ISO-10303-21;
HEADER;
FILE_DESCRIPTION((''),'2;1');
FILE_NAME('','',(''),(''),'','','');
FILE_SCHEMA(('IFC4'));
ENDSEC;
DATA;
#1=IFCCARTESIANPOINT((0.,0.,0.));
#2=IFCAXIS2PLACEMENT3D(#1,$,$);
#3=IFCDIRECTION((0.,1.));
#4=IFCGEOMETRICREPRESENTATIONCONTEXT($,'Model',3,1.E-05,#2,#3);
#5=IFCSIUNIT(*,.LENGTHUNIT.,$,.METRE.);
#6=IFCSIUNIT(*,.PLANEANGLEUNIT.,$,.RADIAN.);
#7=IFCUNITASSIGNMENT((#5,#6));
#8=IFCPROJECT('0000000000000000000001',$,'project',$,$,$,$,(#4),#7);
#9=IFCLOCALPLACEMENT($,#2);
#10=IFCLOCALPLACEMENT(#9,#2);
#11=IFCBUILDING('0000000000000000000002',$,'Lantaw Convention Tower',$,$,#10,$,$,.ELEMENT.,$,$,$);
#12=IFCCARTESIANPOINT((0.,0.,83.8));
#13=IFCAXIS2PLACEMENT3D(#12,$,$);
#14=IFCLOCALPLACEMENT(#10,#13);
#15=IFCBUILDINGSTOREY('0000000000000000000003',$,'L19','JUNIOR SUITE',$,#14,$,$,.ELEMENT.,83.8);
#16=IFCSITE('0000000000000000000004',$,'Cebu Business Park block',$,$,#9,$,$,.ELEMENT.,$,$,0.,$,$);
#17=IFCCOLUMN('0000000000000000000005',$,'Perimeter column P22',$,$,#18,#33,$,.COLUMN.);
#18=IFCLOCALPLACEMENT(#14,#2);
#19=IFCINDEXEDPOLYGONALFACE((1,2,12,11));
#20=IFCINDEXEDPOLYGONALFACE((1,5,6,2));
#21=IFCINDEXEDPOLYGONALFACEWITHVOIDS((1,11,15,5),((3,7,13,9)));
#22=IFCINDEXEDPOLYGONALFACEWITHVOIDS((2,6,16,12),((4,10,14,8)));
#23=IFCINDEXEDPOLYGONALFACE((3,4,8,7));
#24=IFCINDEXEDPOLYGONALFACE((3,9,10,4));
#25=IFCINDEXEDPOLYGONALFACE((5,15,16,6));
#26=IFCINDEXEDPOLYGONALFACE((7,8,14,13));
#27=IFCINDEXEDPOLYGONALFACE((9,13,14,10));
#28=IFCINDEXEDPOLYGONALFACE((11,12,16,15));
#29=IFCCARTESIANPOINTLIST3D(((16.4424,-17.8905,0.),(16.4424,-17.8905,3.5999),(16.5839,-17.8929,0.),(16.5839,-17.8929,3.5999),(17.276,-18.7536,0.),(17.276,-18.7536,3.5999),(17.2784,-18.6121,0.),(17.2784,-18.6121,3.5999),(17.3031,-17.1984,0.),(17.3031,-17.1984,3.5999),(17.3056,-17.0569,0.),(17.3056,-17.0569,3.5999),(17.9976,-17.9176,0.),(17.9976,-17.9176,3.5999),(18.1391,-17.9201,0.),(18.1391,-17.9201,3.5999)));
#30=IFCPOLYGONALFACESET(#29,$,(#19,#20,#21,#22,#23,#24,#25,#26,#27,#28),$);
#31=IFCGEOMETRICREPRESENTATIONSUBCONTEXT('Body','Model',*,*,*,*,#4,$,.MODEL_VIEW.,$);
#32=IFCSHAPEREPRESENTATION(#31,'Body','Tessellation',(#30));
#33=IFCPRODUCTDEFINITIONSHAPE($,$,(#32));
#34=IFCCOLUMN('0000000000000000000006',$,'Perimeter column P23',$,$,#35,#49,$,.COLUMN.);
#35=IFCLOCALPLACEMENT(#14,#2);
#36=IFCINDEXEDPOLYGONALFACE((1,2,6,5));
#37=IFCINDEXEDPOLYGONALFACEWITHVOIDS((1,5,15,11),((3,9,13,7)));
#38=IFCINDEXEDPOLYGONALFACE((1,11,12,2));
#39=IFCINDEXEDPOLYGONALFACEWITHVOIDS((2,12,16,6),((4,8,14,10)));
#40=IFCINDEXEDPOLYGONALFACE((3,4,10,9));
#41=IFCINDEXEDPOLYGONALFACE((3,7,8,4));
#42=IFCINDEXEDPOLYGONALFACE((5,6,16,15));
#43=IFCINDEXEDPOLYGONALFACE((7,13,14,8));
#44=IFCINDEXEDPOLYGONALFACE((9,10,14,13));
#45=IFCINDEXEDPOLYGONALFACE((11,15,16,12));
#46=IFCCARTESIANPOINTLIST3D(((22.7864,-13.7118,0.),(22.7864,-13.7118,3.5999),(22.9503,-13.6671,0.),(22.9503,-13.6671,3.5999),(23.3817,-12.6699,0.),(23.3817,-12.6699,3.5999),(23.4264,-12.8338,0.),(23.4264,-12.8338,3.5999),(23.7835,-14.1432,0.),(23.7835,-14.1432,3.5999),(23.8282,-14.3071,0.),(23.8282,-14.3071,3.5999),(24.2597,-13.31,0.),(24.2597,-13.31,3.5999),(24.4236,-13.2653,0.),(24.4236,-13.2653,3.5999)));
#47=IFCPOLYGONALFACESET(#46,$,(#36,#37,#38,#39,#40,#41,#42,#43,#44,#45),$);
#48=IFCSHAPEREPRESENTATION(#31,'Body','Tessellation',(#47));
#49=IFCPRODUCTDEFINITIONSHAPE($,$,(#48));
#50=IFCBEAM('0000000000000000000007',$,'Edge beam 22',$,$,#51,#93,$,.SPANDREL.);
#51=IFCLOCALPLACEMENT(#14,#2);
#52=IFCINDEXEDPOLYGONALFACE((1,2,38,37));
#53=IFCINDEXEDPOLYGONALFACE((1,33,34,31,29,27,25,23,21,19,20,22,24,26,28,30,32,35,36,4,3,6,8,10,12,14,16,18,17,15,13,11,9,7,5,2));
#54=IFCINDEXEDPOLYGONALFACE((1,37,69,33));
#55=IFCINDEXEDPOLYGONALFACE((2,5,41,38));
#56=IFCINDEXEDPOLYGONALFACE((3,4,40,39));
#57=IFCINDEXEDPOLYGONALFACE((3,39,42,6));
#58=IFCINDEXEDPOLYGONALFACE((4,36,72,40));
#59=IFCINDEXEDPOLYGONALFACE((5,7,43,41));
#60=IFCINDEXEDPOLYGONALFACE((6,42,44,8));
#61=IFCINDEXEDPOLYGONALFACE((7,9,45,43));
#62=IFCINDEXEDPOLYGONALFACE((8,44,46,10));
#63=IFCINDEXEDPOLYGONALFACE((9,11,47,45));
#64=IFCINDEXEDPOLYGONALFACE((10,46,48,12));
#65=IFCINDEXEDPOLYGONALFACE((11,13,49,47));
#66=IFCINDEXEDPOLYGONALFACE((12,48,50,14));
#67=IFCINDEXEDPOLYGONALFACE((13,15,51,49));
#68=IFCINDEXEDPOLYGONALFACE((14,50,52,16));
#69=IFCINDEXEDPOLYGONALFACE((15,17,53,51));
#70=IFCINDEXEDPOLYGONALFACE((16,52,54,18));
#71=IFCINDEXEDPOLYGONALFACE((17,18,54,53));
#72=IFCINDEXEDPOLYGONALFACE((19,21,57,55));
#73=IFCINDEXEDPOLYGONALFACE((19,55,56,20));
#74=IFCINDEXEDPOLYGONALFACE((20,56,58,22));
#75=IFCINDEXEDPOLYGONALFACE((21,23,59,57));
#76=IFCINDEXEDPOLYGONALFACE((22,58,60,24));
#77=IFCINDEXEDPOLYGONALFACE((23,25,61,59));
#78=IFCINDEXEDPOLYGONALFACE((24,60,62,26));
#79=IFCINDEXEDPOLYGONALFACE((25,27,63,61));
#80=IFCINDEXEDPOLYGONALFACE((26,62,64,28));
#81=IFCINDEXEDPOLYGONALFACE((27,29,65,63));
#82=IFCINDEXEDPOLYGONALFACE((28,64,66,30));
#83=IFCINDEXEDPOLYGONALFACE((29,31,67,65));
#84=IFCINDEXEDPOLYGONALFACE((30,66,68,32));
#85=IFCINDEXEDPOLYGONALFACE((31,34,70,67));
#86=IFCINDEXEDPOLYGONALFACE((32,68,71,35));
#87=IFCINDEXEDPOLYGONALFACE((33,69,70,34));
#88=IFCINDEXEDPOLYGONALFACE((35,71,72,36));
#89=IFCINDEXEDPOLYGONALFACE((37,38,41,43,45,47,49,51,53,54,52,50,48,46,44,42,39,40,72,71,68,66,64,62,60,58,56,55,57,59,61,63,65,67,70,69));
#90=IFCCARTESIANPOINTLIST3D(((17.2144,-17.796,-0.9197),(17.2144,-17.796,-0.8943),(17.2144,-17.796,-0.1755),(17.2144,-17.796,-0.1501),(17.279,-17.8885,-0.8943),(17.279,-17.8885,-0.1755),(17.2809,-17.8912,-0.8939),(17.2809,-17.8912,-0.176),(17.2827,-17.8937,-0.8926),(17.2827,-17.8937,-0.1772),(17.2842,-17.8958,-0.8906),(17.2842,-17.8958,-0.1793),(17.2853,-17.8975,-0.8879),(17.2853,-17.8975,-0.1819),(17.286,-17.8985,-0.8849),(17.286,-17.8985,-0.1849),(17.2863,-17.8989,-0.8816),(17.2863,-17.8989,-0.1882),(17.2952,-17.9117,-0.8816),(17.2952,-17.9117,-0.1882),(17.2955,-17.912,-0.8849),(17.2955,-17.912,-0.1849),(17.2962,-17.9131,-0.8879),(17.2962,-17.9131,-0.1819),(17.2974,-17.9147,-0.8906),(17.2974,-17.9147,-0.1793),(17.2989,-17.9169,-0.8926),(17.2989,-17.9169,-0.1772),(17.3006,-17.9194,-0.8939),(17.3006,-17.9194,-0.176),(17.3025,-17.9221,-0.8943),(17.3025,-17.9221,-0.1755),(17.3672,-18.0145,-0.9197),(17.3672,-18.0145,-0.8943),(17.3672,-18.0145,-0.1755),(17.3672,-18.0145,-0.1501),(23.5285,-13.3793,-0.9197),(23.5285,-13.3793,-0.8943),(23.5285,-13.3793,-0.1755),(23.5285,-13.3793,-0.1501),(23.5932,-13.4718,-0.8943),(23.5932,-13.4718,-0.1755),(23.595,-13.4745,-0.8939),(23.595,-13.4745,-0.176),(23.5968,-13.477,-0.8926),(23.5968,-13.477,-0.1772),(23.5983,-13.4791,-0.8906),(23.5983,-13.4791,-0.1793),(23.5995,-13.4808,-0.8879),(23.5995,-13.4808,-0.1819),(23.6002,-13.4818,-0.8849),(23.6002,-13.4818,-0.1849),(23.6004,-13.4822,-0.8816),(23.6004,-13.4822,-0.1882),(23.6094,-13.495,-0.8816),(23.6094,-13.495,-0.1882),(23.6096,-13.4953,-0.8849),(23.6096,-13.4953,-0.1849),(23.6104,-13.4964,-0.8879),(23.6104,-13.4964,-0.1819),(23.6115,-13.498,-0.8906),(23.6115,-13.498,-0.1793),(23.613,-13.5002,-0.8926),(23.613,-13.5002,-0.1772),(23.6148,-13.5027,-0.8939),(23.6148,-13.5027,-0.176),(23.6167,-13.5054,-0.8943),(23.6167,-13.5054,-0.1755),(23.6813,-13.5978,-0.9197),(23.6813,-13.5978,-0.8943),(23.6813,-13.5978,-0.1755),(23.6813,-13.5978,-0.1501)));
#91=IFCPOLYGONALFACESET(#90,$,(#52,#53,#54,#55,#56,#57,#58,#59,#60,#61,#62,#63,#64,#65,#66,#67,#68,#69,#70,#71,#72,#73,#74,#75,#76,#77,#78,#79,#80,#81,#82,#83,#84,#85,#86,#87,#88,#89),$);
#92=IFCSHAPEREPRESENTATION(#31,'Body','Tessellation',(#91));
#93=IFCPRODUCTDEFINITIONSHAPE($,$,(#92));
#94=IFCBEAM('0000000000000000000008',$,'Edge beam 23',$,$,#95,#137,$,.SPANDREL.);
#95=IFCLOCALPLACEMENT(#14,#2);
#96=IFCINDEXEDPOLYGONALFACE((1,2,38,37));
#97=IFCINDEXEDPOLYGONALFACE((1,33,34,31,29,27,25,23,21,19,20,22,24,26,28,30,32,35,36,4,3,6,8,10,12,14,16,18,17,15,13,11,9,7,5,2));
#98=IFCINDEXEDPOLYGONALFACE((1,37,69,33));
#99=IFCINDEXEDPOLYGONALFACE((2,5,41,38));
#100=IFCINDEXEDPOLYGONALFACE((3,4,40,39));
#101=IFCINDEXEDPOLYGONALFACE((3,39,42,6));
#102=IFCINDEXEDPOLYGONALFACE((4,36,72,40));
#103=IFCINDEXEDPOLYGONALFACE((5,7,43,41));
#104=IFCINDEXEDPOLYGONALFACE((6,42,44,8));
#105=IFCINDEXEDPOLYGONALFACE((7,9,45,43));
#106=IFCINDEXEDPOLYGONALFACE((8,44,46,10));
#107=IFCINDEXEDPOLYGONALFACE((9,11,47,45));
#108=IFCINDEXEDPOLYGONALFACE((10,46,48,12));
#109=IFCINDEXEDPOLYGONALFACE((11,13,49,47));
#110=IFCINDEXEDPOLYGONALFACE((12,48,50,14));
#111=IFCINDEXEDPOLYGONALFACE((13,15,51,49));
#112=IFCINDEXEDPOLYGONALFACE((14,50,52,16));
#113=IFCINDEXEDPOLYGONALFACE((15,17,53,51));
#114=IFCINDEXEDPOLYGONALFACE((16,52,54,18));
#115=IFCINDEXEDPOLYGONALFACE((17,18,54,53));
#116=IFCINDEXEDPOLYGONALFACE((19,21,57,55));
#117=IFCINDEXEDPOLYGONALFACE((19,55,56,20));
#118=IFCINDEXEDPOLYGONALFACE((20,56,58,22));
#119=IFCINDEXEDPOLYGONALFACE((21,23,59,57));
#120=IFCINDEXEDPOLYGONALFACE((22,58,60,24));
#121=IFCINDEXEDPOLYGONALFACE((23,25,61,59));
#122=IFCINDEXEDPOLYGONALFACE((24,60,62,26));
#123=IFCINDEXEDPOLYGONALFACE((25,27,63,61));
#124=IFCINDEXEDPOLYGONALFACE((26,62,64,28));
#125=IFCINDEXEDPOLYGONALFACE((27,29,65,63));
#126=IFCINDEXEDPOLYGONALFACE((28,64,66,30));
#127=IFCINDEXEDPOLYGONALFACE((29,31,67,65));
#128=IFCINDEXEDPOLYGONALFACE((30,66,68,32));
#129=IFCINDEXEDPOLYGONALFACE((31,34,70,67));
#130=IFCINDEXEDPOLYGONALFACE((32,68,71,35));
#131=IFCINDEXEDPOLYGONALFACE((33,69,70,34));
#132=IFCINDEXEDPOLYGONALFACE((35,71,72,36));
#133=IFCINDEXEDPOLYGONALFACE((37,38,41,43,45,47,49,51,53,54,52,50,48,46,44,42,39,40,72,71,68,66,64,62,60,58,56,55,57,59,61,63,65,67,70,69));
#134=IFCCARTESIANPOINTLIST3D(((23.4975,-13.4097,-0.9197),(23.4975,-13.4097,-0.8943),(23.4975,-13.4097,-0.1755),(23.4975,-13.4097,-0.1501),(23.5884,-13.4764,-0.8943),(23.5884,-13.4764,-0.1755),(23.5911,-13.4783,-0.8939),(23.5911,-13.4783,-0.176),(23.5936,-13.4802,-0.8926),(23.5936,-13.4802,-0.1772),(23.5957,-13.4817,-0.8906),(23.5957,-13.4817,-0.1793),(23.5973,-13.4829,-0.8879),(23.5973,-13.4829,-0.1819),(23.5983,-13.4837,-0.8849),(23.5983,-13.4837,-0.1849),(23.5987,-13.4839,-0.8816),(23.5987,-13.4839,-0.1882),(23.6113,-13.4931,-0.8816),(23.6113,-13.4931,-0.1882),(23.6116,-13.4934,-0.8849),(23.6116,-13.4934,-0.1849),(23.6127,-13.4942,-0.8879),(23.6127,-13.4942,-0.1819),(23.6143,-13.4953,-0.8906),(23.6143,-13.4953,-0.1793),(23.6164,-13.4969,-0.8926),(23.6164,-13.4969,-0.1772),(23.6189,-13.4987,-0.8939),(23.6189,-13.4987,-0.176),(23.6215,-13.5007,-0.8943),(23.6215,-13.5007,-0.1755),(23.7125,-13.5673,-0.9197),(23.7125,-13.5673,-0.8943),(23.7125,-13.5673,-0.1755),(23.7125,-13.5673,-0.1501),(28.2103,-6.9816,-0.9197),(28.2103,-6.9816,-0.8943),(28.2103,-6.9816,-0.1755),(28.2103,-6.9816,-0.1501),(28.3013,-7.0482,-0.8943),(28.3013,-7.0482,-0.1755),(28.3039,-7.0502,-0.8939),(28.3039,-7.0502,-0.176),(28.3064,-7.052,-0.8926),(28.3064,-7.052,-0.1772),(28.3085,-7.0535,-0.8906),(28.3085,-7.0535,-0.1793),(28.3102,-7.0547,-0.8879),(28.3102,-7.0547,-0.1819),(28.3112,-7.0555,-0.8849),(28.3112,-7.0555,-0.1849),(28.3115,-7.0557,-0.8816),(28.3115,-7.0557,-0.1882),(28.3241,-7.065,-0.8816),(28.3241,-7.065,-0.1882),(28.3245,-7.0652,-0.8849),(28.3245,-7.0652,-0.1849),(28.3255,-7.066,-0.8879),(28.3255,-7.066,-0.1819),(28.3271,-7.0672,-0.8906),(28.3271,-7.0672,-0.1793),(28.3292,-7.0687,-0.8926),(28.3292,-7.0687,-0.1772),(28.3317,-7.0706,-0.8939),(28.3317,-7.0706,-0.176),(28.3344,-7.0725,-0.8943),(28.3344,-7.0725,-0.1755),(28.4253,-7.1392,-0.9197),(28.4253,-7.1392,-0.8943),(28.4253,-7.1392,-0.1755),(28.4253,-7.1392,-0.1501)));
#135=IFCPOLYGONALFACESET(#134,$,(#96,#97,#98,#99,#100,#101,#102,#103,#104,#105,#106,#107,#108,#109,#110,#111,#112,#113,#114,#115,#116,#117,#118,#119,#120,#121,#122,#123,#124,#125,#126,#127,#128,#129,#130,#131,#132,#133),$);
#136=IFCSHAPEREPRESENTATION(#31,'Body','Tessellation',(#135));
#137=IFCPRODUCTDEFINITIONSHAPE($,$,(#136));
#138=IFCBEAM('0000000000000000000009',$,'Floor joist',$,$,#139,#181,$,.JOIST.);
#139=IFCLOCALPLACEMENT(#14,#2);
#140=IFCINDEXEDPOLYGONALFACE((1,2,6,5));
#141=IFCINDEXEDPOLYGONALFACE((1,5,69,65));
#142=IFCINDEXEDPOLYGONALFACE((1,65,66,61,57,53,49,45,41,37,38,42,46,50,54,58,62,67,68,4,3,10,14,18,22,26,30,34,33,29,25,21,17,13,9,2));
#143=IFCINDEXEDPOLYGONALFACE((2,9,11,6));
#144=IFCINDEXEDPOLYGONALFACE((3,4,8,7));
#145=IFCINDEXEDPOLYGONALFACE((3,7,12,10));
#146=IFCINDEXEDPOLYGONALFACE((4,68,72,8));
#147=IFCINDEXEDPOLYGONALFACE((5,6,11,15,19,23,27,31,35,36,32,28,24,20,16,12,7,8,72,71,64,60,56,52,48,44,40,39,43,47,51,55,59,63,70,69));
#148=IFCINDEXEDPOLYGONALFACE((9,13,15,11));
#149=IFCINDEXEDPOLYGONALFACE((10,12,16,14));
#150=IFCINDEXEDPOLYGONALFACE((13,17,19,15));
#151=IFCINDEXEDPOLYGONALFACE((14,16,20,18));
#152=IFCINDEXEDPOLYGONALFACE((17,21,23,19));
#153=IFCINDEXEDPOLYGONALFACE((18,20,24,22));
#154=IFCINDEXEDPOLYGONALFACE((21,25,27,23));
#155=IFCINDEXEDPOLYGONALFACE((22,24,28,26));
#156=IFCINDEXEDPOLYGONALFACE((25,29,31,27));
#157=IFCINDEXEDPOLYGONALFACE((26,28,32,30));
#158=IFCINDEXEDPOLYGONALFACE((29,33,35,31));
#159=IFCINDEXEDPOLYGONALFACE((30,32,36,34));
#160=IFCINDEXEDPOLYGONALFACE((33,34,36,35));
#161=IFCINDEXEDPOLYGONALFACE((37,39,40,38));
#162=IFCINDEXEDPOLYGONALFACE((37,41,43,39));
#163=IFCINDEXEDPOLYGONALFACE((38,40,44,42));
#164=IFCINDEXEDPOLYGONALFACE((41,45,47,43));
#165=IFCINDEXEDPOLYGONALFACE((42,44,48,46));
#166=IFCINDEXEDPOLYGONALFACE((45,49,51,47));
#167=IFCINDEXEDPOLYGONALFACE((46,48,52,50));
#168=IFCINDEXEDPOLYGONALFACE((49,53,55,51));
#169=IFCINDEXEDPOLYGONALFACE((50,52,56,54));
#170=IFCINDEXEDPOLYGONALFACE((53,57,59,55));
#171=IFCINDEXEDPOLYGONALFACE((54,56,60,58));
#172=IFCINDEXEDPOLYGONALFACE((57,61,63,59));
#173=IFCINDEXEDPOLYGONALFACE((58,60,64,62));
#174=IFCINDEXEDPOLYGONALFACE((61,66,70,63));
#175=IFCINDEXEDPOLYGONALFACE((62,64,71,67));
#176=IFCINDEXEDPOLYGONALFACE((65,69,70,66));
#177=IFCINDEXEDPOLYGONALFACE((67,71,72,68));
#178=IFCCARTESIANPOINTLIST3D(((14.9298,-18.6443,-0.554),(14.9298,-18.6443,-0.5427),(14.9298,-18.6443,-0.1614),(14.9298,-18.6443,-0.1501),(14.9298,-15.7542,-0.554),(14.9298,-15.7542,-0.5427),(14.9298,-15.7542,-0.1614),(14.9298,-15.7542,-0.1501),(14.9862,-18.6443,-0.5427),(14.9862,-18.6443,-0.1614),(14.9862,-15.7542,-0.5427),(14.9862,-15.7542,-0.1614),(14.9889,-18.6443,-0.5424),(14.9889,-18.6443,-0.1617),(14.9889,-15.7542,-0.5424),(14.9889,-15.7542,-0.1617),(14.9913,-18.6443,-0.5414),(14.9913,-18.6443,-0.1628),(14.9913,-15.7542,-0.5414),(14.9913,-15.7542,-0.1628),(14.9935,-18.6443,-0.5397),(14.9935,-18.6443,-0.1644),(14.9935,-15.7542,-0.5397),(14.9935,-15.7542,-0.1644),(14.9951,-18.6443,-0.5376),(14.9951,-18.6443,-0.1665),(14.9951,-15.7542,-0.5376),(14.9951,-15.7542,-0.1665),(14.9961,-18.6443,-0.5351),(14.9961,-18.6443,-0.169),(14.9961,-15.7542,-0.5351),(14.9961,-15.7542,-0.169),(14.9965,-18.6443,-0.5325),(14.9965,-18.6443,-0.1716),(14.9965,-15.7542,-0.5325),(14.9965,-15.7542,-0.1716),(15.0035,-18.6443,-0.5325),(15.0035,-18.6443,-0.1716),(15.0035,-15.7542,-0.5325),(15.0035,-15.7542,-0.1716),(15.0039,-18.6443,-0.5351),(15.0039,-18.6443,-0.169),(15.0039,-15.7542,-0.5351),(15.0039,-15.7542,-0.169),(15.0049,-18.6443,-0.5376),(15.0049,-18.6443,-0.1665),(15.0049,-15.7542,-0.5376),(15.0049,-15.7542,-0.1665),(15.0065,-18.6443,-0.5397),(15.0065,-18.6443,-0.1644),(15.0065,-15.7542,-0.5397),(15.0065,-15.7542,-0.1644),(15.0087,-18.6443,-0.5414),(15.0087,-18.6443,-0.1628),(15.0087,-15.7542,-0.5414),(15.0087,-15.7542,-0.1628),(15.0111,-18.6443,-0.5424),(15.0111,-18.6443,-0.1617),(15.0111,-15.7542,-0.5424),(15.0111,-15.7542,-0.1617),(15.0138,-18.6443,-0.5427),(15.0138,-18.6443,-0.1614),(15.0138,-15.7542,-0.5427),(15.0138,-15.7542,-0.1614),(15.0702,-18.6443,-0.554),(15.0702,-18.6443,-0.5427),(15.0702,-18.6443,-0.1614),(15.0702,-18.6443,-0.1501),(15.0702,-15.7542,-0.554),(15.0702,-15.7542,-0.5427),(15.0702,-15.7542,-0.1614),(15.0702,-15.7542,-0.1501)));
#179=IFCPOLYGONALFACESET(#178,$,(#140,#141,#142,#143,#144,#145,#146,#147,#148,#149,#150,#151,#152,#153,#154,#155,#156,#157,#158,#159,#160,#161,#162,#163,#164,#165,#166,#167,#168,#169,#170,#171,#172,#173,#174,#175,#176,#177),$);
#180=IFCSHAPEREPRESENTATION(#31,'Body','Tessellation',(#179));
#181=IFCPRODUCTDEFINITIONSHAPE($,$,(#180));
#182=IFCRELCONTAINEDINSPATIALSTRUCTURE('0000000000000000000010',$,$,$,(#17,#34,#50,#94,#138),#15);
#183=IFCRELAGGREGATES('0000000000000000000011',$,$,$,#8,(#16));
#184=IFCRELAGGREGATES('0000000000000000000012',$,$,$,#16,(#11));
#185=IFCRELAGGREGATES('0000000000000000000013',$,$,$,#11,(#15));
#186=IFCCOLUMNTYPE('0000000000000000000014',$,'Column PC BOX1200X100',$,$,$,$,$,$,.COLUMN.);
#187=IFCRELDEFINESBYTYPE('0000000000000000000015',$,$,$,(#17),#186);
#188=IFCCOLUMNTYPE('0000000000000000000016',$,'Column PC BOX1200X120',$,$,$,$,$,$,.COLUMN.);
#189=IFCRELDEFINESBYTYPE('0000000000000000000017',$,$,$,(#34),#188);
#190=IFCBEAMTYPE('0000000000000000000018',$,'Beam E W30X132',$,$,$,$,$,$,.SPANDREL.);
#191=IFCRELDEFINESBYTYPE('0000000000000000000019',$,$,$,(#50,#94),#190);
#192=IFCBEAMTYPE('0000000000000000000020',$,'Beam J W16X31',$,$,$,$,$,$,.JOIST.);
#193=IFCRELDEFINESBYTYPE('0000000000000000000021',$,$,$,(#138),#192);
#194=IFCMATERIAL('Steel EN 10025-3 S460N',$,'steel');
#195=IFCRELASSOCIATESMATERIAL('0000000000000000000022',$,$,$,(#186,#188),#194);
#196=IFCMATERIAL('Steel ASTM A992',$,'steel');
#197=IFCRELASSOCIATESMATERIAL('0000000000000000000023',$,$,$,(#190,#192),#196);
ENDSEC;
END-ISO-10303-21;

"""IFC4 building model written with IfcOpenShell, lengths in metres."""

from ifc_helpers import new_model, si_unit, direction, frame, origin, origin_2d, place, context, subcontext, project, spatial, rectangle, hollow_rectangle, i_section, extrude, material, material_profile, profile_set, type_object, element, save


model = new_model("IFC4")

# Units and contexts
model_context = context("Model", 3, precision=1e-05, world=origin(), true_north=direction((0.0, 1.0)))
body_context = subcontext(model_context, "Body", "Model", "MODEL_VIEW")
ifc_project = project(units=[si_unit("LENGTHUNIT", "METRE"), si_unit("PLANEANGLEUNIT", "RADIAN")], contexts=[model_context])

# Site, building, storey
site_placement = place(None, origin())
site = spatial("IfcSite", under=ifc_project, at=site_placement, Name="Cebu Business Park block", CompositionType="ELEMENT", RefElevation=0.0)
building_placement = place(site_placement, origin())
building = spatial("IfcBuilding", under=site, at=building_placement, Name="Lantaw Convention Tower", CompositionType="ELEMENT")
storey_placement = place(building_placement, frame((0.0, 0.0, 83.8)))
storey = spatial("IfcBuildingStorey", under=building, at=storey_placement, Name="L19", Description="JUNIOR SUITE", CompositionType="ELEMENT", Elevation=83.8)

# Columns
ifc_material_1 = material(Name="Steel EN 10025-3 S460N", Category="steel")
ifc_material_profile_1 = material_profile(ifc_material_1, hollow_rectangle(XDim=1.2, YDim=1.2, WallThickness=0.1001, at=origin_2d()), Name="BOX1200X100")
ifc_material_2 = material(Name="Concrete C60/75", Category="concrete")
ifc_material_profile_2 = material_profile(ifc_material_2, rectangle(XDim=1.0, YDim=1.0, at=origin_2d()), Name="Concrete fill of BOX1200X100")
ifc_profile_set_1 = profile_set([ifc_material_profile_1, ifc_material_profile_2], Name="Steel EN 10025-3 S460N")
column_type_1 = type_object("IfcColumnType", Name="Column PC BOX1200X100", PredefinedType="COLUMN", material=ifc_profile_set_1)
column_1_placement = place(storey_placement, frame((17.2908, -17.9053, 0.0), z_axis=(0.0, 0.0, 1.0), x_axis=(0.71934, 0.694658, 0.0)))
element("IfcColumn", 1, at=column_1_placement, inside=storey, type_object=column_type_1, Name="Perimeter column P22", PredefinedType="COLUMN", context=body_context, shape_type="SweptSolid", body=[
    extrude(hollow_rectangle(XDim=1.2, YDim=1.2, WallThickness=0.1001, at=origin_2d()), origin(), (0.0, 0.0, 1.0), 3.5999),
])
ifc_material_profile_3 = material_profile(ifc_material_1, hollow_rectangle(XDim=1.2, YDim=1.2, WallThickness=0.1201, at=origin_2d()), Name="BOX1200X120")
ifc_material_profile_4 = material_profile(ifc_material_2, rectangle(XDim=0.96, YDim=0.96, at=origin_2d()), Name="Concrete fill of BOX1200X120")
ifc_profile_set_2 = profile_set([ifc_material_profile_3, ifc_material_profile_4], Name="Steel EN 10025-3 S460N")
column_type_2 = type_object("IfcColumnType", Name="Column PC BOX1200X120", PredefinedType="COLUMN", material=ifc_profile_set_2)
column_2_placement = place(storey_placement, frame((23.605, -13.4885, 0.0), z_axis=(0.0, 0.0, 1.0), x_axis=(0.496139, 0.868243, 0.0)))
element("IfcColumn", 2, at=column_2_placement, inside=storey, type_object=column_type_2, Name="Perimeter column P23", PredefinedType="COLUMN", context=body_context, shape_type="SweptSolid", body=[
    extrude(hollow_rectangle(XDim=1.2, YDim=1.2, WallThickness=0.1201, at=origin_2d()), origin(), (0.0, 0.0, 1.0), 3.5999),
])

# Beams
ifc_material_3 = material(Name="Steel ASTM A992", Category="steel")
ifc_material_profile_5 = material_profile(ifc_material_3, i_section(OverallWidth=0.2666, OverallDepth=0.7695, WebThickness=0.0156, FlangeThickness=0.0254, FilletRadius=0.0127, at=origin_2d()), Name="W30X132")
ifc_profile_set_3 = profile_set([ifc_material_profile_5], Name="Steel ASTM A992")
beam_type_1 = type_object("IfcBeamType", Name="Beam E W30X132", PredefinedType="SPANDREL", material=ifc_profile_set_3)
beam_1_placement = place(storey_placement, frame((17.2908, -17.9053, -0.5349), z_axis=(0.819427, 0.573184, 0.0), x_axis=(-0.573184, 0.819427, 0.0)))
element("IfcBeam", 3, at=beam_1_placement, inside=storey, type_object=beam_type_1, Name="Edge beam 22", PredefinedType="SPANDREL", context=body_context, shape_type="SweptSolid", body=[
    extrude(i_section(OverallWidth=0.2666, OverallDepth=0.7695, WebThickness=0.0156, FlangeThickness=0.0254, FilletRadius=0.0127, at=origin_2d()), origin(), (0.0, 0.0, 1.0), 7.7056),
])
beam_2_placement = place(storey_placement, frame((23.605, -13.4885, -0.5349), z_axis=(0.591271, 0.806473, 0.0), x_axis=(-0.806473, 0.591271, 0.0)))
element("IfcBeam", 4, at=beam_2_placement, inside=storey, type_object=beam_type_1, Name="Edge beam 23", PredefinedType="SPANDREL", context=body_context, shape_type="SweptSolid", body=[
    extrude(i_section(OverallWidth=0.2666, OverallDepth=0.7695, WebThickness=0.0156, FlangeThickness=0.0254, FilletRadius=0.0127, at=origin_2d()), origin(), (0.0, 0.0, 1.0), 7.9707),
])
ifc_material_profile_6 = material_profile(ifc_material_3, i_section(OverallWidth=0.1404, OverallDepth=0.4038, WebThickness=0.0071, FlangeThickness=0.0112, FilletRadius=0.0103, at=origin_2d()), Name="W16X31")
ifc_profile_set_4 = profile_set([ifc_material_profile_6], Name="Steel ASTM A992")
beam_type_2 = type_object("IfcBeamType", Name="Beam J W16X31", PredefinedType="JOIST", material=ifc_profile_set_4)
beam_3_placement = place(storey_placement, frame((15.0, -18.6443, -0.3521), z_axis=(0.0, 1.0, 0.0), x_axis=(-1.0, 0.0, 0.0)))
element("IfcBeam", 5, at=beam_3_placement, inside=storey, type_object=beam_type_2, Name="Floor joist", PredefinedType="JOIST", context=body_context, shape_type="SweptSolid", body=[
    extrude(i_section(OverallWidth=0.1404, OverallDepth=0.4038, WebThickness=0.0071, FlangeThickness=0.0112, FilletRadius=0.0103, at=origin_2d()), origin(), (0.0, 0.0, 1.0), 2.8901),
])

save(model, "model.ifc")
